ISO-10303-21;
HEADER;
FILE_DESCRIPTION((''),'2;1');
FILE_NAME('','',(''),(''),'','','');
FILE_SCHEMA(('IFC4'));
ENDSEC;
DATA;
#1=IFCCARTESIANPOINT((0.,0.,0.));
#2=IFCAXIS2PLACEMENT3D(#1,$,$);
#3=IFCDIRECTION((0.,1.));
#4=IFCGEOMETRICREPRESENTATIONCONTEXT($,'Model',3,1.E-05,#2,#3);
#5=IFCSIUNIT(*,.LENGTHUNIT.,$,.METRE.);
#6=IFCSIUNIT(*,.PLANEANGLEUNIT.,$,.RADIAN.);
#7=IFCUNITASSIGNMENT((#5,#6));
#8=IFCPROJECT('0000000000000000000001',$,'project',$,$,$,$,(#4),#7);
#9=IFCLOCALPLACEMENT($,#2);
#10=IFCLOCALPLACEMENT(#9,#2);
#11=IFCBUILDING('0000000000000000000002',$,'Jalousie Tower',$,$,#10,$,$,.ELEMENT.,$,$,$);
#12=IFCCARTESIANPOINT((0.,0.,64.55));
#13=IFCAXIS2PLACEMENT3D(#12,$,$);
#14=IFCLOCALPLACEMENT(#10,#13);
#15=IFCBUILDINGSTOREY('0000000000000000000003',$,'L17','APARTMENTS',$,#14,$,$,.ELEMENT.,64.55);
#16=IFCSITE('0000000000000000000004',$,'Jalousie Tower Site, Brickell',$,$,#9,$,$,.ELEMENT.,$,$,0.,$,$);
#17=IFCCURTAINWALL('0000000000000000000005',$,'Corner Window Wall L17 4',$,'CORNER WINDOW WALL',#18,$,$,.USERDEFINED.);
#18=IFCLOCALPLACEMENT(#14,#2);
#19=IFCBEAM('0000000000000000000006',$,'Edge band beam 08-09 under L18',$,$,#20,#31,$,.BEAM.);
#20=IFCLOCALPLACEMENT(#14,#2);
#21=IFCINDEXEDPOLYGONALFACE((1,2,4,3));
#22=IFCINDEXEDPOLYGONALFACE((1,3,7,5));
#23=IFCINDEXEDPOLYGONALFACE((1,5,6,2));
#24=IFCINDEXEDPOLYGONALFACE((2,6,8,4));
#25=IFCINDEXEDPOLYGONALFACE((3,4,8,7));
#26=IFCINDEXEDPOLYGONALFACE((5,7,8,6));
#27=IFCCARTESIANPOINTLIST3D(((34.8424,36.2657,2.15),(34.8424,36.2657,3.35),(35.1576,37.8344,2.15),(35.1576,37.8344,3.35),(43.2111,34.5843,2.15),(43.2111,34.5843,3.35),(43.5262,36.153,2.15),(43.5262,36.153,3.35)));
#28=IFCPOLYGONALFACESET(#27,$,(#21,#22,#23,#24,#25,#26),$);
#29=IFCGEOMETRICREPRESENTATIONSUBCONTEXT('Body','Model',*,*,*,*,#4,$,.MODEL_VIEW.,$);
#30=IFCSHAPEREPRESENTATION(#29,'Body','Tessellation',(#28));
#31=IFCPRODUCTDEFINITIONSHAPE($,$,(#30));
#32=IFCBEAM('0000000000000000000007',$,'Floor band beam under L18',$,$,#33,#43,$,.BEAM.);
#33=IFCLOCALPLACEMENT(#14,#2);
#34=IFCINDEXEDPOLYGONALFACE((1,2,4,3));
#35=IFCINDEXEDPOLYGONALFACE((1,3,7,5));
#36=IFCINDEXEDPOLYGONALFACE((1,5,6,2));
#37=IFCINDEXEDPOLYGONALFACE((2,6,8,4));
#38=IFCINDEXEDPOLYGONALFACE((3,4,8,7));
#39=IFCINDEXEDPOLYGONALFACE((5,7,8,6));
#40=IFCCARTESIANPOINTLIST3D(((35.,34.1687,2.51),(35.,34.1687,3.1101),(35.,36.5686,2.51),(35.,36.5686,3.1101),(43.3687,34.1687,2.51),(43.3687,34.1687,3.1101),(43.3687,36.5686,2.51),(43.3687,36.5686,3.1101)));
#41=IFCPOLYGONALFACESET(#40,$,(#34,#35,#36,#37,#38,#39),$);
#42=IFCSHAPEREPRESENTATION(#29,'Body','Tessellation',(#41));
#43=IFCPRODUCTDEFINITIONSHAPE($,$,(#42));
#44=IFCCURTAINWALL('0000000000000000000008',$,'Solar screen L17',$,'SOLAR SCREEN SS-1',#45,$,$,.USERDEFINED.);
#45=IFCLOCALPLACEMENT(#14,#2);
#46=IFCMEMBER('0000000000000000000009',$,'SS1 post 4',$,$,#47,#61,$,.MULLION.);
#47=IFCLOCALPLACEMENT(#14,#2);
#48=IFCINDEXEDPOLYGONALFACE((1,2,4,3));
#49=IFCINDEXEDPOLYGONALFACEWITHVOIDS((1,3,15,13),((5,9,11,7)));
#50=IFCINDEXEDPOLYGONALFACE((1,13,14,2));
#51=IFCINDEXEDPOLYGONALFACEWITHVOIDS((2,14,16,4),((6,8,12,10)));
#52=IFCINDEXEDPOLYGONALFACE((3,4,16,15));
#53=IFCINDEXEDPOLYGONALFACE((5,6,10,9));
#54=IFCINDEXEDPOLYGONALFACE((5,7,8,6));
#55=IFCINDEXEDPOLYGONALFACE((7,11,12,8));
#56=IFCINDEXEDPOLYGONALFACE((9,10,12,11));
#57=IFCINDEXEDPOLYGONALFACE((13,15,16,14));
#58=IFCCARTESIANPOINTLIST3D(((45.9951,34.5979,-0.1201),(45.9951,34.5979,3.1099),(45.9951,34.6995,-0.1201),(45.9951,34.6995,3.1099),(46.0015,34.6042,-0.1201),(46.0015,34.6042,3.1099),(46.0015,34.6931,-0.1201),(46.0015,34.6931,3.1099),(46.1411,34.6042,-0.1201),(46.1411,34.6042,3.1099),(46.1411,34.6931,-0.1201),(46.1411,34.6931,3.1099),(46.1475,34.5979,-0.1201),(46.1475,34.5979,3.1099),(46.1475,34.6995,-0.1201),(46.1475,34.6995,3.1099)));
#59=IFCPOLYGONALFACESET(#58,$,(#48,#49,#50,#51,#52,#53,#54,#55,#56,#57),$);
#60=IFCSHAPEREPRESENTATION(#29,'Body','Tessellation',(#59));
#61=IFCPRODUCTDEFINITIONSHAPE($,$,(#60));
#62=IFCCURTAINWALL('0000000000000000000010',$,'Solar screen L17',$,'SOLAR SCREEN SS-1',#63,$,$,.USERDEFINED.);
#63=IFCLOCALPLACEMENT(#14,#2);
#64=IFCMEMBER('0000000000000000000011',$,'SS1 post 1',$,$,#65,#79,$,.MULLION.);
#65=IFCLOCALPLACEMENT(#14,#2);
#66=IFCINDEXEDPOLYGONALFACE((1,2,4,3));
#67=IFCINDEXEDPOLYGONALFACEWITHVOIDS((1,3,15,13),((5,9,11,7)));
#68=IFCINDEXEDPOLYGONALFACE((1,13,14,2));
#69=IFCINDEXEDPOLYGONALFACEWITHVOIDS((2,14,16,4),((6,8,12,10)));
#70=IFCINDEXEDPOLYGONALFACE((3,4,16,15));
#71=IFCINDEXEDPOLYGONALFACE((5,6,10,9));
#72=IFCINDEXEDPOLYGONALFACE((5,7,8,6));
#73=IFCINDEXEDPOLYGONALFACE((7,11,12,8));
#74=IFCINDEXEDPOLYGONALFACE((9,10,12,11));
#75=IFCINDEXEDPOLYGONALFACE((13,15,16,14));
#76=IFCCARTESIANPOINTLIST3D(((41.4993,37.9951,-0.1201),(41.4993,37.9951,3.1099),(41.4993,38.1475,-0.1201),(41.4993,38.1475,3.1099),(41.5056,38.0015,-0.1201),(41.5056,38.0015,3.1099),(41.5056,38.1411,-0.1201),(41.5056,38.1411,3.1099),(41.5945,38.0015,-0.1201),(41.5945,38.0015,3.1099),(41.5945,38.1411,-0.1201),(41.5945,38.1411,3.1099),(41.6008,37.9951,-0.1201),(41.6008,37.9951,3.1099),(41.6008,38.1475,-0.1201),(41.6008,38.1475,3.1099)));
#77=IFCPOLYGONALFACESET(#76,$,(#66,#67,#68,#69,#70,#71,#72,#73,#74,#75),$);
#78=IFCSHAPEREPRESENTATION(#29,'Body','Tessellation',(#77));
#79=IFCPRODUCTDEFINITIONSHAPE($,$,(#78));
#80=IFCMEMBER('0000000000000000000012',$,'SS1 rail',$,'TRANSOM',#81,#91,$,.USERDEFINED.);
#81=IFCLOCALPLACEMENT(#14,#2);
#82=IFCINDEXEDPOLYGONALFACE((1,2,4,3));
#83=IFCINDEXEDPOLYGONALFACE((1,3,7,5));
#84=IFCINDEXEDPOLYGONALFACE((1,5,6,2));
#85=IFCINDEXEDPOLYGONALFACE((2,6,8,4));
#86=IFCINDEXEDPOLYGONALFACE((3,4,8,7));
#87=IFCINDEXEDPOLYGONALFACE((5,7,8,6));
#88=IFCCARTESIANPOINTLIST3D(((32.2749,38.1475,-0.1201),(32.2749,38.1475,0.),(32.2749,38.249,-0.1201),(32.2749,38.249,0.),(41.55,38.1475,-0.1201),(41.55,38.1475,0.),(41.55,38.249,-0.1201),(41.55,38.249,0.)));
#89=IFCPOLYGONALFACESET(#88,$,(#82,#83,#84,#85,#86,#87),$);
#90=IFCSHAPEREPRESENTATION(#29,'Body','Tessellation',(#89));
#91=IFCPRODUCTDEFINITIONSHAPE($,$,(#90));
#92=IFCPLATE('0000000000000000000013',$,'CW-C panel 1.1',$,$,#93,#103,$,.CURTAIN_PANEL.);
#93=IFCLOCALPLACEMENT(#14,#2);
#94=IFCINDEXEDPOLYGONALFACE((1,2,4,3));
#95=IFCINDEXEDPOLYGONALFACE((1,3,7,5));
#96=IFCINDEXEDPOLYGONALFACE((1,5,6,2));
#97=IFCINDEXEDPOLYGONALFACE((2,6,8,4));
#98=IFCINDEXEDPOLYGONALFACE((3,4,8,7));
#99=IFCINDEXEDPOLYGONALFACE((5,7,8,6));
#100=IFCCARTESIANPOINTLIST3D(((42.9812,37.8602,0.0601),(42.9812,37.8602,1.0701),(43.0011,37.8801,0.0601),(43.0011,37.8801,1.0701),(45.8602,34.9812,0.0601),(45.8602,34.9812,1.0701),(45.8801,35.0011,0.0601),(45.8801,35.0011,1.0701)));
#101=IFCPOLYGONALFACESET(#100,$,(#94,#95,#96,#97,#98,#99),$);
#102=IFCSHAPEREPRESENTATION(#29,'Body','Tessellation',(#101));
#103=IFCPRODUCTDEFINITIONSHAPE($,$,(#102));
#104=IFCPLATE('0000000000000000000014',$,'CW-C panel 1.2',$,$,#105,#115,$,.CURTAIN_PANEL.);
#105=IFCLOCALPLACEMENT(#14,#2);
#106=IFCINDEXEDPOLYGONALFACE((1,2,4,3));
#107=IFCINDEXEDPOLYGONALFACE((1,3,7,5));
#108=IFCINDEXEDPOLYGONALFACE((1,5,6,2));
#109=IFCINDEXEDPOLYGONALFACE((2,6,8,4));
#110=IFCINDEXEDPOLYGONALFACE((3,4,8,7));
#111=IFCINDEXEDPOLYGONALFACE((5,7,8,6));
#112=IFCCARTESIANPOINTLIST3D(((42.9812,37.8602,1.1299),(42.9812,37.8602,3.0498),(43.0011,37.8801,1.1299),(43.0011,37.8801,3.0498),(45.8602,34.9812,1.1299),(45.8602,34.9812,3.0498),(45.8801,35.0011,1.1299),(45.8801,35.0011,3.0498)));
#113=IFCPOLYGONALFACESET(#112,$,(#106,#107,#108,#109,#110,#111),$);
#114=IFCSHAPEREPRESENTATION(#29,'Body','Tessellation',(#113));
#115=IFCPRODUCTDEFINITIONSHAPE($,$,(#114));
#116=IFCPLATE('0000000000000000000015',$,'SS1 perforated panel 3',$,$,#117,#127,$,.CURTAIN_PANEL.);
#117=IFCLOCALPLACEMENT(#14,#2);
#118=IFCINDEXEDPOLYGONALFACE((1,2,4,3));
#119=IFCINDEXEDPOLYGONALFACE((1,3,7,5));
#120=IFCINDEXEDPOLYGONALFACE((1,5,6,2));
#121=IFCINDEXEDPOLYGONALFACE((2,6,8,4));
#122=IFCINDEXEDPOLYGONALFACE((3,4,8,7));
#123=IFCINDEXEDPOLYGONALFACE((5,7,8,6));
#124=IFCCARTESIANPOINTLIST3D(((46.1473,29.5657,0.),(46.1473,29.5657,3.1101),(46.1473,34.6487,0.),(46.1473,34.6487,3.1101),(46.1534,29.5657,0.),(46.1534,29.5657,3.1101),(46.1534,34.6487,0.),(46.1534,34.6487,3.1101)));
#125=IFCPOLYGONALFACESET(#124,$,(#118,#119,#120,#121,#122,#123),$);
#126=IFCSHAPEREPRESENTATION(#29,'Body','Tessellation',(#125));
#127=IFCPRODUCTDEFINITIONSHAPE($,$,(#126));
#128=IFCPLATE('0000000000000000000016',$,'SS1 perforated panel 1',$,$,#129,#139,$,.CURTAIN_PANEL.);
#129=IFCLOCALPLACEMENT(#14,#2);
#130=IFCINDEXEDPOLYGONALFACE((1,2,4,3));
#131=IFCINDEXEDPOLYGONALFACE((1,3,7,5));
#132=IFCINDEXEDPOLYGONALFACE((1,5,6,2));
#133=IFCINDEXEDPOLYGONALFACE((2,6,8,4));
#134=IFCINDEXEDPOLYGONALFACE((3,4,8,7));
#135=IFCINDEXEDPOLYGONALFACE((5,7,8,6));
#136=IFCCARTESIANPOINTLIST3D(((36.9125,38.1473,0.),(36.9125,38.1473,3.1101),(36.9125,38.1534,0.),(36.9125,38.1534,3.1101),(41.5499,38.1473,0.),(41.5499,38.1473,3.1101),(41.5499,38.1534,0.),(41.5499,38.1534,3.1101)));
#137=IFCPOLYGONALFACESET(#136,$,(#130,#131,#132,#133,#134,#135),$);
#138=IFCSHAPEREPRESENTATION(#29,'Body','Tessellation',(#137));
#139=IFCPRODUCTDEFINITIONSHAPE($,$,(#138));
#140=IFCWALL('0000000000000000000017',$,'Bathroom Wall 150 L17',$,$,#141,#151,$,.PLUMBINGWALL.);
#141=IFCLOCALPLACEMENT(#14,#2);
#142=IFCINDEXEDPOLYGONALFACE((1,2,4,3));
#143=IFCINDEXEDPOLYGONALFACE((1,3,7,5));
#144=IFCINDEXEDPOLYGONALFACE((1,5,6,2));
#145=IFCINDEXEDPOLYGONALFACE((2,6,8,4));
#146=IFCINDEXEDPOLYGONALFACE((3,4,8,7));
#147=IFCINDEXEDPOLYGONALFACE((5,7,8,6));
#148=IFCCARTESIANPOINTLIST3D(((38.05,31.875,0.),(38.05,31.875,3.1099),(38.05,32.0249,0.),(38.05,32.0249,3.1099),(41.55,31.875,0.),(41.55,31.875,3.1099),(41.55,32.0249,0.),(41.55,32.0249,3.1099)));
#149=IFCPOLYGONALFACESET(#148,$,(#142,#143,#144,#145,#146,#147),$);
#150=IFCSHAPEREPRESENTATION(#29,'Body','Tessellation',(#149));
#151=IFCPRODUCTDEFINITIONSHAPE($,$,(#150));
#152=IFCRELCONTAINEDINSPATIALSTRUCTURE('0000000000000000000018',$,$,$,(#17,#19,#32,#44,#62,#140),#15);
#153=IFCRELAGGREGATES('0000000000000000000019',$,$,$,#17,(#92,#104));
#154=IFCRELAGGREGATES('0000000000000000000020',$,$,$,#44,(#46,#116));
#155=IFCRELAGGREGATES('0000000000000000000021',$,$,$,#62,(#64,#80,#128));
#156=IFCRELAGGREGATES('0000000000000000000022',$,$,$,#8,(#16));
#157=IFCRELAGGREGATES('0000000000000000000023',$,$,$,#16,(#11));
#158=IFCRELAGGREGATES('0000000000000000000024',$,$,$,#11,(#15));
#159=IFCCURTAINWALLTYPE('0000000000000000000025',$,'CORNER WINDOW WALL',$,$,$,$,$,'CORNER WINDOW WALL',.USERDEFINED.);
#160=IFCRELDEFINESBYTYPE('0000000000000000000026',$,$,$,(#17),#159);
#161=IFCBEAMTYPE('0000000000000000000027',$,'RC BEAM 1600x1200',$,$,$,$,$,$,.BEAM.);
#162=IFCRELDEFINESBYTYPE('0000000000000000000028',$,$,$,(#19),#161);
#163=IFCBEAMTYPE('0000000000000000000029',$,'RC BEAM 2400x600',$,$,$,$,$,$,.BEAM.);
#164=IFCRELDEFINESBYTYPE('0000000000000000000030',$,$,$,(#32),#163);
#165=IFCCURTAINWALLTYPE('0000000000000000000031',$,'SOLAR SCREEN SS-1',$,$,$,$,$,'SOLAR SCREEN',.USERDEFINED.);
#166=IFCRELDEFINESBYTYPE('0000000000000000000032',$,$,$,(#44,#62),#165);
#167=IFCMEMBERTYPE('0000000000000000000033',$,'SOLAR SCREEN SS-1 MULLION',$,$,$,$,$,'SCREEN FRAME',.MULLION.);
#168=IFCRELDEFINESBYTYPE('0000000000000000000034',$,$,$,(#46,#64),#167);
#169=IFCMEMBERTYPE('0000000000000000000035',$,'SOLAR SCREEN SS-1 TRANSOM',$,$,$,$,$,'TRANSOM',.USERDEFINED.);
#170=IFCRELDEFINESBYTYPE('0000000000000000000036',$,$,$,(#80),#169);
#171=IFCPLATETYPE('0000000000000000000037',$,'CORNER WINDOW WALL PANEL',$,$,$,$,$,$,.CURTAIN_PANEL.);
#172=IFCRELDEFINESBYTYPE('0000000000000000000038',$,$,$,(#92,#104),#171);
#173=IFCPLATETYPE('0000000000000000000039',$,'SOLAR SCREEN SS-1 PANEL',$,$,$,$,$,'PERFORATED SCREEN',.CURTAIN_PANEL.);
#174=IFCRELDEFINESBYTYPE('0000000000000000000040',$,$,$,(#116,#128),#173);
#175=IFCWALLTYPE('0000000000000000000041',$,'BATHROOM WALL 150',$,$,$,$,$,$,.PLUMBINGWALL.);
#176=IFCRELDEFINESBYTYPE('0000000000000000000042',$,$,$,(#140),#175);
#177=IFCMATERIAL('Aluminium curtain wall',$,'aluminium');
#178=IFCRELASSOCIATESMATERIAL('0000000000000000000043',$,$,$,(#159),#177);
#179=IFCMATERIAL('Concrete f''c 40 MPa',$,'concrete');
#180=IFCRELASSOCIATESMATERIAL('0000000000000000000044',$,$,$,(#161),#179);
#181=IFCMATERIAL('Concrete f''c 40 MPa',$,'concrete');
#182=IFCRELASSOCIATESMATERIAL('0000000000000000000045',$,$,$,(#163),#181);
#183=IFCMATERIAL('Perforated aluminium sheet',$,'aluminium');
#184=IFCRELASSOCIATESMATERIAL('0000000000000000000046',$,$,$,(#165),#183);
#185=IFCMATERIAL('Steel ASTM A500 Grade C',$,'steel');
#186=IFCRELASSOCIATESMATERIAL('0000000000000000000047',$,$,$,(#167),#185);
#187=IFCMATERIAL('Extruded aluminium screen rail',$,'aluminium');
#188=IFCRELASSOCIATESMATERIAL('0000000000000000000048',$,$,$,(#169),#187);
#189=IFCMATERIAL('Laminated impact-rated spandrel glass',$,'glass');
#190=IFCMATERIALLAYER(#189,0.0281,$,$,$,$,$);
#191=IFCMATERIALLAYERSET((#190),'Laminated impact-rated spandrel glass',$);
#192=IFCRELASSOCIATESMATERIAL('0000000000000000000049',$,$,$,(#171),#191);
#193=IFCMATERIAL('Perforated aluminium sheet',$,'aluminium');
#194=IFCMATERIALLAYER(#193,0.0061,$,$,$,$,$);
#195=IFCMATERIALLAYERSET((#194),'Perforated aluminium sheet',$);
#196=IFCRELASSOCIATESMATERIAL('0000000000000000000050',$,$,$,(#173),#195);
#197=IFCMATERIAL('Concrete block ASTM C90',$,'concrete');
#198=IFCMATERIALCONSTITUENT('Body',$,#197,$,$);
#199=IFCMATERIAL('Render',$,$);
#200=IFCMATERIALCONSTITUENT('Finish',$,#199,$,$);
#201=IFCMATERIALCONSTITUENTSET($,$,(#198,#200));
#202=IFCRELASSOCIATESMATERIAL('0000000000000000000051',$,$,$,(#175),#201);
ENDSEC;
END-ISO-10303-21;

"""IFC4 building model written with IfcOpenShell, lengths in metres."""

from ifc_helpers import new_model, si_unit, direction, frame, frame_2d, origin, origin_2d, place, context, subcontext, project, spatial, rectangle, hollow_rectangle, extrude, material, layer, layer_set, constituent, constituent_set, material_profile, profile_set, type_object, element, aggregate, save


model = new_model("IFC4")

# Units and contexts
model_context = context("Model", 3, precision=1e-05, world=origin(), true_north=direction((0.0, 1.0)))
body_context = subcontext(model_context, "Body", "Model", "MODEL_VIEW")
ifc_project = project(units=[si_unit("LENGTHUNIT", "METRE"), si_unit("PLANEANGLEUNIT", "RADIAN")], contexts=[model_context])

# Site, building, storey
site_placement = place(None, origin())
site = spatial("IfcSite", under=ifc_project, at=site_placement, Name="Jalousie Tower Site, Brickell", CompositionType="ELEMENT", RefElevation=0.0)
building_placement = place(site_placement, origin())
building = spatial("IfcBuilding", under=site, at=building_placement, Name="Jalousie Tower", CompositionType="ELEMENT")
storey_placement = place(building_placement, frame((0.0, 0.0, 64.55)))
storey = spatial("IfcBuildingStorey", under=building, at=storey_placement, Name="L17", Description="APARTMENTS", CompositionType="ELEMENT", Elevation=64.55)

# Curtain wall
ifc_material_1 = material(Name="Aluminium curtain wall", Category="aluminium")
curtain_wall_type_1 = type_object("IfcCurtainWallType", Name="CORNER WINDOW WALL", ElementType="CORNER WINDOW WALL", PredefinedType="USERDEFINED", material=ifc_material_1)
curtain_wall_1_placement = place(storey_placement, origin())
curtain_wall_1 = element("IfcCurtainWall", 1, at=curtain_wall_1_placement, inside=storey, type_object=curtain_wall_type_1, Name="Corner Window Wall L17 4", ObjectType="CORNER WINDOW WALL", PredefinedType="USERDEFINED")

# Beams
ifc_material_2 = material(Name="Concrete f'c 40 MPa", Category="concrete")
ifc_material_profile_1 = material_profile(ifc_material_2, rectangle(XDim=1.6001, YDim=1.2, at=origin_2d()), Name="RC 1600x1200")
ifc_profile_set_1 = profile_set([ifc_material_profile_1], Name="Concrete f'c 40 MPa")
beam_type_1 = type_object("IfcBeamType", Name="RC BEAM 1600x1200", PredefinedType="BEAM", material=ifc_profile_set_1)
beam_1_placement = place(storey_placement, frame((43.3687, 35.3687, 2.75), z_axis=(-0.980408, 0.19698, 0.0), x_axis=(-0.19698, -0.980408, 0.0)))
element("IfcBeam", 2, at=beam_1_placement, inside=storey, type_object=beam_type_1, Name="Edge band beam 08-09 under L18", PredefinedType="BEAM", context=body_context, shape_type="SweptSolid", body=[
    extrude(rectangle(XDim=1.6001, YDim=1.2, at=origin_2d()), origin(), (0.0, 0.0, 1.0), 8.5359),
])
ifc_material_3 = material(Name="Concrete f'c 40 MPa", Category="concrete")
ifc_material_profile_2 = material_profile(ifc_material_3, rectangle(XDim=2.3999, YDim=0.6001, at=origin_2d()), Name="RC 2400x600")
ifc_profile_set_2 = profile_set([ifc_material_profile_2], Name="Concrete f'c 40 MPa")
beam_type_2 = type_object("IfcBeamType", Name="RC BEAM 2400x600", PredefinedType="BEAM", material=ifc_profile_set_2)
beam_2_placement = place(storey_placement, frame((43.3687, 35.3687, 2.8101), z_axis=(-1.0, 0.0, 0.0), x_axis=(0.0, -1.0, 0.0)))
element("IfcBeam", 3, at=beam_2_placement, inside=storey, type_object=beam_type_2, Name="Floor band beam under L18", PredefinedType="BEAM", context=body_context, shape_type="SweptSolid", body=[
    extrude(rectangle(XDim=2.3999, YDim=0.6001, at=origin_2d()), origin(), (0.0, 0.0, 1.0), 8.3687),
])

# Curtain wall, member
ifc_material_4 = material(Name="Perforated aluminium sheet", Category="aluminium")
curtain_wall_type_2 = type_object("IfcCurtainWallType", Name="SOLAR SCREEN SS-1", ElementType="SOLAR SCREEN", PredefinedType="USERDEFINED", material=ifc_material_4)
curtain_wall_2_placement = place(storey_placement, origin())
curtain_wall_2 = element("IfcCurtainWall", 4, at=curtain_wall_2_placement, inside=storey, type_object=curtain_wall_type_2, Name="Solar screen L17", ObjectType="SOLAR SCREEN SS-1", PredefinedType="USERDEFINED")
ifc_material_5 = material(Name="Steel ASTM A500 Grade C", Category="steel")
ifc_material_profile_3 = material_profile(ifc_material_5, hollow_rectangle(XDim=0.1016, YDim=0.1523, WallThickness=0.0063, at=origin_2d()), Name="HSS6X4X1/4")
ifc_profile_set_3 = profile_set([ifc_material_profile_3], Name="Steel ASTM A500 Grade C")
member_type_1 = type_object("IfcMemberType", Name="SOLAR SCREEN SS-1 MULLION", ElementType="SCREEN FRAME", PredefinedType="MULLION", material=ifc_profile_set_3)
member_1_placement = place(storey_placement, frame((46.0713, 34.6487, -0.1201), z_axis=(0.0, 0.0, 1.0), x_axis=(0.0, 1.0, 0.0)))
member_1 = element("IfcMember", 5, at=member_1_placement, type_object=member_type_1, Name="SS1 post 4", PredefinedType="MULLION", context=body_context, shape_type="SweptSolid", body=[
    extrude(hollow_rectangle(XDim=0.1016, YDim=0.1523, WallThickness=0.0063, at=origin_2d()), origin(), (0.0, 0.0, 1.0), 3.23),
])

# Curtain wall, members
curtain_wall_3_placement = place(storey_placement, origin())
curtain_wall_3 = element("IfcCurtainWall", 6, at=curtain_wall_3_placement, inside=storey, type_object=curtain_wall_type_2, Name="Solar screen L17", ObjectType="SOLAR SCREEN SS-1", PredefinedType="USERDEFINED")
member_2_placement = place(storey_placement, frame((41.55, 38.0713, -0.1201), z_axis=(0.0, 0.0, 1.0), x_axis=(-1.0, 0.0, 0.0)))
member_2 = element("IfcMember", 7, at=member_2_placement, type_object=member_type_1, Name="SS1 post 1", PredefinedType="MULLION", context=body_context, shape_type="SweptSolid", body=[
    extrude(hollow_rectangle(XDim=0.1016, YDim=0.1523, WallThickness=0.0063, at=origin_2d()), origin(), (0.0, 0.0, 1.0), 3.23),
])
ifc_material_6 = material(Name="Extruded aluminium screen rail", Category="aluminium")
ifc_material_profile_4 = material_profile(ifc_material_6, rectangle(XDim=0.1016, YDim=0.1201, at=origin_2d()), Name="RAIL 102x120")
ifc_profile_set_4 = profile_set([ifc_material_profile_4], Name="Extruded aluminium screen rail")
member_type_2 = type_object("IfcMemberType", Name="SOLAR SCREEN SS-1 TRANSOM", ElementType="TRANSOM", PredefinedType="USERDEFINED", material=ifc_profile_set_4)
member_3_placement = place(storey_placement, frame((41.55, 38.1982, -0.0601), z_axis=(-1.0, 0.0, 0.0), x_axis=(0.0, -1.0, 0.0)))
member_3 = element("IfcMember", 8, at=member_3_placement, type_object=member_type_2, Name="SS1 rail", ObjectType="TRANSOM", PredefinedType="USERDEFINED", context=body_context, shape_type="SweptSolid", body=[
    extrude(rectangle(XDim=0.1016, YDim=0.1201, at=origin_2d()), origin(), (0.0, 0.0, 1.0), 9.2751),
])

# Plates
ifc_material_7 = material(Name="Laminated impact-rated spandrel glass", Category="glass")
ifc_layer_1 = layer(ifc_material_7, 0.0281)
ifc_layer_set_1 = layer_set([ifc_layer_1], Name="Laminated impact-rated spandrel glass")
plate_type_1 = type_object("IfcPlateType", Name="CORNER WINDOW WALL PANEL", PredefinedType="CURTAIN_PANEL", material=ifc_layer_set_1)
plate_1_placement = place(storey_placement, frame((44.4307, 36.4307, 0.0601), z_axis=(0.0, 0.0, 1.0), x_axis=(-0.707107, 0.707107, 0.0)))
plate_1 = element("IfcPlate", 9, at=plate_1_placement, type_object=plate_type_1, Name="CW-C panel 1.1", PredefinedType="CURTAIN_PANEL", context=body_context, shape_type="SweptSolid", body=[
    extrude(rectangle(XDim=4.0715, YDim=0.0281, at=origin_2d()), origin(), (0.0, 0.0, 1.0), 1.01),
])
plate_2_placement = place(storey_placement, frame((44.4307, 36.4307, 1.1299), z_axis=(0.0, 0.0, 1.0), x_axis=(-0.707107, 0.707107, 0.0)))
plate_2 = element("IfcPlate", 10, at=plate_2_placement, type_object=plate_type_1, Name="CW-C panel 1.2", PredefinedType="CURTAIN_PANEL", context=body_context, shape_type="SweptSolid", body=[
    extrude(rectangle(XDim=4.0715, YDim=0.0281, at=origin_2d()), origin(), (0.0, 0.0, 1.0), 1.9199),
])
aggregate(curtain_wall_1, [plate_1, plate_2])
ifc_material_8 = material(Name="Perforated aluminium sheet", Category="aluminium")
ifc_layer_2 = layer(ifc_material_8, 0.0061)
ifc_layer_set_2 = layer_set([ifc_layer_2], Name="Perforated aluminium sheet")
plate_type_2 = type_object("IfcPlateType", Name="SOLAR SCREEN SS-1 PANEL", ElementType="PERFORATED SCREEN", PredefinedType="CURTAIN_PANEL", material=ifc_layer_set_2)
plate_3_placement = place(storey_placement, frame((46.1504, 32.1072, 0.0), z_axis=(0.0, 0.0, 1.0), x_axis=(0.0, 1.0, 0.0)))
plate_3 = element("IfcPlate", 11, at=plate_3_placement, type_object=plate_type_2, Name="SS1 perforated panel 3", PredefinedType="CURTAIN_PANEL", context=body_context, shape_type="SweptSolid", body=[
    extrude(rectangle(XDim=5.083, YDim=0.0061, at=origin_2d()), origin(), (0.0, 0.0, 1.0), 3.1101),
])
aggregate(curtain_wall_2, [member_1, plate_3])
plate_4_placement = place(storey_placement, frame((39.2312, 38.1504, 0.0), z_axis=(0.0, 0.0, 1.0), x_axis=(-1.0, 0.0, 0.0)))
plate_4 = element("IfcPlate", 12, at=plate_4_placement, type_object=plate_type_2, Name="SS1 perforated panel 1", PredefinedType="CURTAIN_PANEL", context=body_context, shape_type="SweptSolid", body=[
    extrude(rectangle(XDim=4.6375, YDim=0.0061, at=origin_2d()), origin(), (0.0, 0.0, 1.0), 3.1101),
])
aggregate(curtain_wall_3, [member_2, member_3, plate_4])

# Wall
ifc_material_9 = material(Name="Concrete block ASTM C90", Category="concrete")
ifc_constituent_1 = constituent(ifc_material_9, Name="Body")
ifc_material_10 = material(Name="Render")
ifc_constituent_2 = constituent(ifc_material_10, Name="Finish")
ifc_constituent_set_1 = constituent_set(constituents=[ifc_constituent_1, ifc_constituent_2])
wall_type_1 = type_object("IfcWallType", Name="BATHROOM WALL 150", PredefinedType="PLUMBINGWALL", material=ifc_constituent_set_1)
wall_1_placement = place(storey_placement, frame((38.05, 31.95, 0.0), z_axis=(0.0, 0.0, 1.0), x_axis=(1.0, 0.0, 0.0)))
element("IfcWall", 13, at=wall_1_placement, inside=storey, type_object=wall_type_1, Name="Bathroom Wall 150 L17", PredefinedType="PLUMBINGWALL", context=body_context, shape_type="SweptSolid", body=[
    extrude(rectangle(XDim=3.5, YDim=0.1499, at=frame_2d((1.75, 0.0))), origin(), (0.0, 0.0, 1.0), 3.1099),
])

save(model, "model.ifc")
